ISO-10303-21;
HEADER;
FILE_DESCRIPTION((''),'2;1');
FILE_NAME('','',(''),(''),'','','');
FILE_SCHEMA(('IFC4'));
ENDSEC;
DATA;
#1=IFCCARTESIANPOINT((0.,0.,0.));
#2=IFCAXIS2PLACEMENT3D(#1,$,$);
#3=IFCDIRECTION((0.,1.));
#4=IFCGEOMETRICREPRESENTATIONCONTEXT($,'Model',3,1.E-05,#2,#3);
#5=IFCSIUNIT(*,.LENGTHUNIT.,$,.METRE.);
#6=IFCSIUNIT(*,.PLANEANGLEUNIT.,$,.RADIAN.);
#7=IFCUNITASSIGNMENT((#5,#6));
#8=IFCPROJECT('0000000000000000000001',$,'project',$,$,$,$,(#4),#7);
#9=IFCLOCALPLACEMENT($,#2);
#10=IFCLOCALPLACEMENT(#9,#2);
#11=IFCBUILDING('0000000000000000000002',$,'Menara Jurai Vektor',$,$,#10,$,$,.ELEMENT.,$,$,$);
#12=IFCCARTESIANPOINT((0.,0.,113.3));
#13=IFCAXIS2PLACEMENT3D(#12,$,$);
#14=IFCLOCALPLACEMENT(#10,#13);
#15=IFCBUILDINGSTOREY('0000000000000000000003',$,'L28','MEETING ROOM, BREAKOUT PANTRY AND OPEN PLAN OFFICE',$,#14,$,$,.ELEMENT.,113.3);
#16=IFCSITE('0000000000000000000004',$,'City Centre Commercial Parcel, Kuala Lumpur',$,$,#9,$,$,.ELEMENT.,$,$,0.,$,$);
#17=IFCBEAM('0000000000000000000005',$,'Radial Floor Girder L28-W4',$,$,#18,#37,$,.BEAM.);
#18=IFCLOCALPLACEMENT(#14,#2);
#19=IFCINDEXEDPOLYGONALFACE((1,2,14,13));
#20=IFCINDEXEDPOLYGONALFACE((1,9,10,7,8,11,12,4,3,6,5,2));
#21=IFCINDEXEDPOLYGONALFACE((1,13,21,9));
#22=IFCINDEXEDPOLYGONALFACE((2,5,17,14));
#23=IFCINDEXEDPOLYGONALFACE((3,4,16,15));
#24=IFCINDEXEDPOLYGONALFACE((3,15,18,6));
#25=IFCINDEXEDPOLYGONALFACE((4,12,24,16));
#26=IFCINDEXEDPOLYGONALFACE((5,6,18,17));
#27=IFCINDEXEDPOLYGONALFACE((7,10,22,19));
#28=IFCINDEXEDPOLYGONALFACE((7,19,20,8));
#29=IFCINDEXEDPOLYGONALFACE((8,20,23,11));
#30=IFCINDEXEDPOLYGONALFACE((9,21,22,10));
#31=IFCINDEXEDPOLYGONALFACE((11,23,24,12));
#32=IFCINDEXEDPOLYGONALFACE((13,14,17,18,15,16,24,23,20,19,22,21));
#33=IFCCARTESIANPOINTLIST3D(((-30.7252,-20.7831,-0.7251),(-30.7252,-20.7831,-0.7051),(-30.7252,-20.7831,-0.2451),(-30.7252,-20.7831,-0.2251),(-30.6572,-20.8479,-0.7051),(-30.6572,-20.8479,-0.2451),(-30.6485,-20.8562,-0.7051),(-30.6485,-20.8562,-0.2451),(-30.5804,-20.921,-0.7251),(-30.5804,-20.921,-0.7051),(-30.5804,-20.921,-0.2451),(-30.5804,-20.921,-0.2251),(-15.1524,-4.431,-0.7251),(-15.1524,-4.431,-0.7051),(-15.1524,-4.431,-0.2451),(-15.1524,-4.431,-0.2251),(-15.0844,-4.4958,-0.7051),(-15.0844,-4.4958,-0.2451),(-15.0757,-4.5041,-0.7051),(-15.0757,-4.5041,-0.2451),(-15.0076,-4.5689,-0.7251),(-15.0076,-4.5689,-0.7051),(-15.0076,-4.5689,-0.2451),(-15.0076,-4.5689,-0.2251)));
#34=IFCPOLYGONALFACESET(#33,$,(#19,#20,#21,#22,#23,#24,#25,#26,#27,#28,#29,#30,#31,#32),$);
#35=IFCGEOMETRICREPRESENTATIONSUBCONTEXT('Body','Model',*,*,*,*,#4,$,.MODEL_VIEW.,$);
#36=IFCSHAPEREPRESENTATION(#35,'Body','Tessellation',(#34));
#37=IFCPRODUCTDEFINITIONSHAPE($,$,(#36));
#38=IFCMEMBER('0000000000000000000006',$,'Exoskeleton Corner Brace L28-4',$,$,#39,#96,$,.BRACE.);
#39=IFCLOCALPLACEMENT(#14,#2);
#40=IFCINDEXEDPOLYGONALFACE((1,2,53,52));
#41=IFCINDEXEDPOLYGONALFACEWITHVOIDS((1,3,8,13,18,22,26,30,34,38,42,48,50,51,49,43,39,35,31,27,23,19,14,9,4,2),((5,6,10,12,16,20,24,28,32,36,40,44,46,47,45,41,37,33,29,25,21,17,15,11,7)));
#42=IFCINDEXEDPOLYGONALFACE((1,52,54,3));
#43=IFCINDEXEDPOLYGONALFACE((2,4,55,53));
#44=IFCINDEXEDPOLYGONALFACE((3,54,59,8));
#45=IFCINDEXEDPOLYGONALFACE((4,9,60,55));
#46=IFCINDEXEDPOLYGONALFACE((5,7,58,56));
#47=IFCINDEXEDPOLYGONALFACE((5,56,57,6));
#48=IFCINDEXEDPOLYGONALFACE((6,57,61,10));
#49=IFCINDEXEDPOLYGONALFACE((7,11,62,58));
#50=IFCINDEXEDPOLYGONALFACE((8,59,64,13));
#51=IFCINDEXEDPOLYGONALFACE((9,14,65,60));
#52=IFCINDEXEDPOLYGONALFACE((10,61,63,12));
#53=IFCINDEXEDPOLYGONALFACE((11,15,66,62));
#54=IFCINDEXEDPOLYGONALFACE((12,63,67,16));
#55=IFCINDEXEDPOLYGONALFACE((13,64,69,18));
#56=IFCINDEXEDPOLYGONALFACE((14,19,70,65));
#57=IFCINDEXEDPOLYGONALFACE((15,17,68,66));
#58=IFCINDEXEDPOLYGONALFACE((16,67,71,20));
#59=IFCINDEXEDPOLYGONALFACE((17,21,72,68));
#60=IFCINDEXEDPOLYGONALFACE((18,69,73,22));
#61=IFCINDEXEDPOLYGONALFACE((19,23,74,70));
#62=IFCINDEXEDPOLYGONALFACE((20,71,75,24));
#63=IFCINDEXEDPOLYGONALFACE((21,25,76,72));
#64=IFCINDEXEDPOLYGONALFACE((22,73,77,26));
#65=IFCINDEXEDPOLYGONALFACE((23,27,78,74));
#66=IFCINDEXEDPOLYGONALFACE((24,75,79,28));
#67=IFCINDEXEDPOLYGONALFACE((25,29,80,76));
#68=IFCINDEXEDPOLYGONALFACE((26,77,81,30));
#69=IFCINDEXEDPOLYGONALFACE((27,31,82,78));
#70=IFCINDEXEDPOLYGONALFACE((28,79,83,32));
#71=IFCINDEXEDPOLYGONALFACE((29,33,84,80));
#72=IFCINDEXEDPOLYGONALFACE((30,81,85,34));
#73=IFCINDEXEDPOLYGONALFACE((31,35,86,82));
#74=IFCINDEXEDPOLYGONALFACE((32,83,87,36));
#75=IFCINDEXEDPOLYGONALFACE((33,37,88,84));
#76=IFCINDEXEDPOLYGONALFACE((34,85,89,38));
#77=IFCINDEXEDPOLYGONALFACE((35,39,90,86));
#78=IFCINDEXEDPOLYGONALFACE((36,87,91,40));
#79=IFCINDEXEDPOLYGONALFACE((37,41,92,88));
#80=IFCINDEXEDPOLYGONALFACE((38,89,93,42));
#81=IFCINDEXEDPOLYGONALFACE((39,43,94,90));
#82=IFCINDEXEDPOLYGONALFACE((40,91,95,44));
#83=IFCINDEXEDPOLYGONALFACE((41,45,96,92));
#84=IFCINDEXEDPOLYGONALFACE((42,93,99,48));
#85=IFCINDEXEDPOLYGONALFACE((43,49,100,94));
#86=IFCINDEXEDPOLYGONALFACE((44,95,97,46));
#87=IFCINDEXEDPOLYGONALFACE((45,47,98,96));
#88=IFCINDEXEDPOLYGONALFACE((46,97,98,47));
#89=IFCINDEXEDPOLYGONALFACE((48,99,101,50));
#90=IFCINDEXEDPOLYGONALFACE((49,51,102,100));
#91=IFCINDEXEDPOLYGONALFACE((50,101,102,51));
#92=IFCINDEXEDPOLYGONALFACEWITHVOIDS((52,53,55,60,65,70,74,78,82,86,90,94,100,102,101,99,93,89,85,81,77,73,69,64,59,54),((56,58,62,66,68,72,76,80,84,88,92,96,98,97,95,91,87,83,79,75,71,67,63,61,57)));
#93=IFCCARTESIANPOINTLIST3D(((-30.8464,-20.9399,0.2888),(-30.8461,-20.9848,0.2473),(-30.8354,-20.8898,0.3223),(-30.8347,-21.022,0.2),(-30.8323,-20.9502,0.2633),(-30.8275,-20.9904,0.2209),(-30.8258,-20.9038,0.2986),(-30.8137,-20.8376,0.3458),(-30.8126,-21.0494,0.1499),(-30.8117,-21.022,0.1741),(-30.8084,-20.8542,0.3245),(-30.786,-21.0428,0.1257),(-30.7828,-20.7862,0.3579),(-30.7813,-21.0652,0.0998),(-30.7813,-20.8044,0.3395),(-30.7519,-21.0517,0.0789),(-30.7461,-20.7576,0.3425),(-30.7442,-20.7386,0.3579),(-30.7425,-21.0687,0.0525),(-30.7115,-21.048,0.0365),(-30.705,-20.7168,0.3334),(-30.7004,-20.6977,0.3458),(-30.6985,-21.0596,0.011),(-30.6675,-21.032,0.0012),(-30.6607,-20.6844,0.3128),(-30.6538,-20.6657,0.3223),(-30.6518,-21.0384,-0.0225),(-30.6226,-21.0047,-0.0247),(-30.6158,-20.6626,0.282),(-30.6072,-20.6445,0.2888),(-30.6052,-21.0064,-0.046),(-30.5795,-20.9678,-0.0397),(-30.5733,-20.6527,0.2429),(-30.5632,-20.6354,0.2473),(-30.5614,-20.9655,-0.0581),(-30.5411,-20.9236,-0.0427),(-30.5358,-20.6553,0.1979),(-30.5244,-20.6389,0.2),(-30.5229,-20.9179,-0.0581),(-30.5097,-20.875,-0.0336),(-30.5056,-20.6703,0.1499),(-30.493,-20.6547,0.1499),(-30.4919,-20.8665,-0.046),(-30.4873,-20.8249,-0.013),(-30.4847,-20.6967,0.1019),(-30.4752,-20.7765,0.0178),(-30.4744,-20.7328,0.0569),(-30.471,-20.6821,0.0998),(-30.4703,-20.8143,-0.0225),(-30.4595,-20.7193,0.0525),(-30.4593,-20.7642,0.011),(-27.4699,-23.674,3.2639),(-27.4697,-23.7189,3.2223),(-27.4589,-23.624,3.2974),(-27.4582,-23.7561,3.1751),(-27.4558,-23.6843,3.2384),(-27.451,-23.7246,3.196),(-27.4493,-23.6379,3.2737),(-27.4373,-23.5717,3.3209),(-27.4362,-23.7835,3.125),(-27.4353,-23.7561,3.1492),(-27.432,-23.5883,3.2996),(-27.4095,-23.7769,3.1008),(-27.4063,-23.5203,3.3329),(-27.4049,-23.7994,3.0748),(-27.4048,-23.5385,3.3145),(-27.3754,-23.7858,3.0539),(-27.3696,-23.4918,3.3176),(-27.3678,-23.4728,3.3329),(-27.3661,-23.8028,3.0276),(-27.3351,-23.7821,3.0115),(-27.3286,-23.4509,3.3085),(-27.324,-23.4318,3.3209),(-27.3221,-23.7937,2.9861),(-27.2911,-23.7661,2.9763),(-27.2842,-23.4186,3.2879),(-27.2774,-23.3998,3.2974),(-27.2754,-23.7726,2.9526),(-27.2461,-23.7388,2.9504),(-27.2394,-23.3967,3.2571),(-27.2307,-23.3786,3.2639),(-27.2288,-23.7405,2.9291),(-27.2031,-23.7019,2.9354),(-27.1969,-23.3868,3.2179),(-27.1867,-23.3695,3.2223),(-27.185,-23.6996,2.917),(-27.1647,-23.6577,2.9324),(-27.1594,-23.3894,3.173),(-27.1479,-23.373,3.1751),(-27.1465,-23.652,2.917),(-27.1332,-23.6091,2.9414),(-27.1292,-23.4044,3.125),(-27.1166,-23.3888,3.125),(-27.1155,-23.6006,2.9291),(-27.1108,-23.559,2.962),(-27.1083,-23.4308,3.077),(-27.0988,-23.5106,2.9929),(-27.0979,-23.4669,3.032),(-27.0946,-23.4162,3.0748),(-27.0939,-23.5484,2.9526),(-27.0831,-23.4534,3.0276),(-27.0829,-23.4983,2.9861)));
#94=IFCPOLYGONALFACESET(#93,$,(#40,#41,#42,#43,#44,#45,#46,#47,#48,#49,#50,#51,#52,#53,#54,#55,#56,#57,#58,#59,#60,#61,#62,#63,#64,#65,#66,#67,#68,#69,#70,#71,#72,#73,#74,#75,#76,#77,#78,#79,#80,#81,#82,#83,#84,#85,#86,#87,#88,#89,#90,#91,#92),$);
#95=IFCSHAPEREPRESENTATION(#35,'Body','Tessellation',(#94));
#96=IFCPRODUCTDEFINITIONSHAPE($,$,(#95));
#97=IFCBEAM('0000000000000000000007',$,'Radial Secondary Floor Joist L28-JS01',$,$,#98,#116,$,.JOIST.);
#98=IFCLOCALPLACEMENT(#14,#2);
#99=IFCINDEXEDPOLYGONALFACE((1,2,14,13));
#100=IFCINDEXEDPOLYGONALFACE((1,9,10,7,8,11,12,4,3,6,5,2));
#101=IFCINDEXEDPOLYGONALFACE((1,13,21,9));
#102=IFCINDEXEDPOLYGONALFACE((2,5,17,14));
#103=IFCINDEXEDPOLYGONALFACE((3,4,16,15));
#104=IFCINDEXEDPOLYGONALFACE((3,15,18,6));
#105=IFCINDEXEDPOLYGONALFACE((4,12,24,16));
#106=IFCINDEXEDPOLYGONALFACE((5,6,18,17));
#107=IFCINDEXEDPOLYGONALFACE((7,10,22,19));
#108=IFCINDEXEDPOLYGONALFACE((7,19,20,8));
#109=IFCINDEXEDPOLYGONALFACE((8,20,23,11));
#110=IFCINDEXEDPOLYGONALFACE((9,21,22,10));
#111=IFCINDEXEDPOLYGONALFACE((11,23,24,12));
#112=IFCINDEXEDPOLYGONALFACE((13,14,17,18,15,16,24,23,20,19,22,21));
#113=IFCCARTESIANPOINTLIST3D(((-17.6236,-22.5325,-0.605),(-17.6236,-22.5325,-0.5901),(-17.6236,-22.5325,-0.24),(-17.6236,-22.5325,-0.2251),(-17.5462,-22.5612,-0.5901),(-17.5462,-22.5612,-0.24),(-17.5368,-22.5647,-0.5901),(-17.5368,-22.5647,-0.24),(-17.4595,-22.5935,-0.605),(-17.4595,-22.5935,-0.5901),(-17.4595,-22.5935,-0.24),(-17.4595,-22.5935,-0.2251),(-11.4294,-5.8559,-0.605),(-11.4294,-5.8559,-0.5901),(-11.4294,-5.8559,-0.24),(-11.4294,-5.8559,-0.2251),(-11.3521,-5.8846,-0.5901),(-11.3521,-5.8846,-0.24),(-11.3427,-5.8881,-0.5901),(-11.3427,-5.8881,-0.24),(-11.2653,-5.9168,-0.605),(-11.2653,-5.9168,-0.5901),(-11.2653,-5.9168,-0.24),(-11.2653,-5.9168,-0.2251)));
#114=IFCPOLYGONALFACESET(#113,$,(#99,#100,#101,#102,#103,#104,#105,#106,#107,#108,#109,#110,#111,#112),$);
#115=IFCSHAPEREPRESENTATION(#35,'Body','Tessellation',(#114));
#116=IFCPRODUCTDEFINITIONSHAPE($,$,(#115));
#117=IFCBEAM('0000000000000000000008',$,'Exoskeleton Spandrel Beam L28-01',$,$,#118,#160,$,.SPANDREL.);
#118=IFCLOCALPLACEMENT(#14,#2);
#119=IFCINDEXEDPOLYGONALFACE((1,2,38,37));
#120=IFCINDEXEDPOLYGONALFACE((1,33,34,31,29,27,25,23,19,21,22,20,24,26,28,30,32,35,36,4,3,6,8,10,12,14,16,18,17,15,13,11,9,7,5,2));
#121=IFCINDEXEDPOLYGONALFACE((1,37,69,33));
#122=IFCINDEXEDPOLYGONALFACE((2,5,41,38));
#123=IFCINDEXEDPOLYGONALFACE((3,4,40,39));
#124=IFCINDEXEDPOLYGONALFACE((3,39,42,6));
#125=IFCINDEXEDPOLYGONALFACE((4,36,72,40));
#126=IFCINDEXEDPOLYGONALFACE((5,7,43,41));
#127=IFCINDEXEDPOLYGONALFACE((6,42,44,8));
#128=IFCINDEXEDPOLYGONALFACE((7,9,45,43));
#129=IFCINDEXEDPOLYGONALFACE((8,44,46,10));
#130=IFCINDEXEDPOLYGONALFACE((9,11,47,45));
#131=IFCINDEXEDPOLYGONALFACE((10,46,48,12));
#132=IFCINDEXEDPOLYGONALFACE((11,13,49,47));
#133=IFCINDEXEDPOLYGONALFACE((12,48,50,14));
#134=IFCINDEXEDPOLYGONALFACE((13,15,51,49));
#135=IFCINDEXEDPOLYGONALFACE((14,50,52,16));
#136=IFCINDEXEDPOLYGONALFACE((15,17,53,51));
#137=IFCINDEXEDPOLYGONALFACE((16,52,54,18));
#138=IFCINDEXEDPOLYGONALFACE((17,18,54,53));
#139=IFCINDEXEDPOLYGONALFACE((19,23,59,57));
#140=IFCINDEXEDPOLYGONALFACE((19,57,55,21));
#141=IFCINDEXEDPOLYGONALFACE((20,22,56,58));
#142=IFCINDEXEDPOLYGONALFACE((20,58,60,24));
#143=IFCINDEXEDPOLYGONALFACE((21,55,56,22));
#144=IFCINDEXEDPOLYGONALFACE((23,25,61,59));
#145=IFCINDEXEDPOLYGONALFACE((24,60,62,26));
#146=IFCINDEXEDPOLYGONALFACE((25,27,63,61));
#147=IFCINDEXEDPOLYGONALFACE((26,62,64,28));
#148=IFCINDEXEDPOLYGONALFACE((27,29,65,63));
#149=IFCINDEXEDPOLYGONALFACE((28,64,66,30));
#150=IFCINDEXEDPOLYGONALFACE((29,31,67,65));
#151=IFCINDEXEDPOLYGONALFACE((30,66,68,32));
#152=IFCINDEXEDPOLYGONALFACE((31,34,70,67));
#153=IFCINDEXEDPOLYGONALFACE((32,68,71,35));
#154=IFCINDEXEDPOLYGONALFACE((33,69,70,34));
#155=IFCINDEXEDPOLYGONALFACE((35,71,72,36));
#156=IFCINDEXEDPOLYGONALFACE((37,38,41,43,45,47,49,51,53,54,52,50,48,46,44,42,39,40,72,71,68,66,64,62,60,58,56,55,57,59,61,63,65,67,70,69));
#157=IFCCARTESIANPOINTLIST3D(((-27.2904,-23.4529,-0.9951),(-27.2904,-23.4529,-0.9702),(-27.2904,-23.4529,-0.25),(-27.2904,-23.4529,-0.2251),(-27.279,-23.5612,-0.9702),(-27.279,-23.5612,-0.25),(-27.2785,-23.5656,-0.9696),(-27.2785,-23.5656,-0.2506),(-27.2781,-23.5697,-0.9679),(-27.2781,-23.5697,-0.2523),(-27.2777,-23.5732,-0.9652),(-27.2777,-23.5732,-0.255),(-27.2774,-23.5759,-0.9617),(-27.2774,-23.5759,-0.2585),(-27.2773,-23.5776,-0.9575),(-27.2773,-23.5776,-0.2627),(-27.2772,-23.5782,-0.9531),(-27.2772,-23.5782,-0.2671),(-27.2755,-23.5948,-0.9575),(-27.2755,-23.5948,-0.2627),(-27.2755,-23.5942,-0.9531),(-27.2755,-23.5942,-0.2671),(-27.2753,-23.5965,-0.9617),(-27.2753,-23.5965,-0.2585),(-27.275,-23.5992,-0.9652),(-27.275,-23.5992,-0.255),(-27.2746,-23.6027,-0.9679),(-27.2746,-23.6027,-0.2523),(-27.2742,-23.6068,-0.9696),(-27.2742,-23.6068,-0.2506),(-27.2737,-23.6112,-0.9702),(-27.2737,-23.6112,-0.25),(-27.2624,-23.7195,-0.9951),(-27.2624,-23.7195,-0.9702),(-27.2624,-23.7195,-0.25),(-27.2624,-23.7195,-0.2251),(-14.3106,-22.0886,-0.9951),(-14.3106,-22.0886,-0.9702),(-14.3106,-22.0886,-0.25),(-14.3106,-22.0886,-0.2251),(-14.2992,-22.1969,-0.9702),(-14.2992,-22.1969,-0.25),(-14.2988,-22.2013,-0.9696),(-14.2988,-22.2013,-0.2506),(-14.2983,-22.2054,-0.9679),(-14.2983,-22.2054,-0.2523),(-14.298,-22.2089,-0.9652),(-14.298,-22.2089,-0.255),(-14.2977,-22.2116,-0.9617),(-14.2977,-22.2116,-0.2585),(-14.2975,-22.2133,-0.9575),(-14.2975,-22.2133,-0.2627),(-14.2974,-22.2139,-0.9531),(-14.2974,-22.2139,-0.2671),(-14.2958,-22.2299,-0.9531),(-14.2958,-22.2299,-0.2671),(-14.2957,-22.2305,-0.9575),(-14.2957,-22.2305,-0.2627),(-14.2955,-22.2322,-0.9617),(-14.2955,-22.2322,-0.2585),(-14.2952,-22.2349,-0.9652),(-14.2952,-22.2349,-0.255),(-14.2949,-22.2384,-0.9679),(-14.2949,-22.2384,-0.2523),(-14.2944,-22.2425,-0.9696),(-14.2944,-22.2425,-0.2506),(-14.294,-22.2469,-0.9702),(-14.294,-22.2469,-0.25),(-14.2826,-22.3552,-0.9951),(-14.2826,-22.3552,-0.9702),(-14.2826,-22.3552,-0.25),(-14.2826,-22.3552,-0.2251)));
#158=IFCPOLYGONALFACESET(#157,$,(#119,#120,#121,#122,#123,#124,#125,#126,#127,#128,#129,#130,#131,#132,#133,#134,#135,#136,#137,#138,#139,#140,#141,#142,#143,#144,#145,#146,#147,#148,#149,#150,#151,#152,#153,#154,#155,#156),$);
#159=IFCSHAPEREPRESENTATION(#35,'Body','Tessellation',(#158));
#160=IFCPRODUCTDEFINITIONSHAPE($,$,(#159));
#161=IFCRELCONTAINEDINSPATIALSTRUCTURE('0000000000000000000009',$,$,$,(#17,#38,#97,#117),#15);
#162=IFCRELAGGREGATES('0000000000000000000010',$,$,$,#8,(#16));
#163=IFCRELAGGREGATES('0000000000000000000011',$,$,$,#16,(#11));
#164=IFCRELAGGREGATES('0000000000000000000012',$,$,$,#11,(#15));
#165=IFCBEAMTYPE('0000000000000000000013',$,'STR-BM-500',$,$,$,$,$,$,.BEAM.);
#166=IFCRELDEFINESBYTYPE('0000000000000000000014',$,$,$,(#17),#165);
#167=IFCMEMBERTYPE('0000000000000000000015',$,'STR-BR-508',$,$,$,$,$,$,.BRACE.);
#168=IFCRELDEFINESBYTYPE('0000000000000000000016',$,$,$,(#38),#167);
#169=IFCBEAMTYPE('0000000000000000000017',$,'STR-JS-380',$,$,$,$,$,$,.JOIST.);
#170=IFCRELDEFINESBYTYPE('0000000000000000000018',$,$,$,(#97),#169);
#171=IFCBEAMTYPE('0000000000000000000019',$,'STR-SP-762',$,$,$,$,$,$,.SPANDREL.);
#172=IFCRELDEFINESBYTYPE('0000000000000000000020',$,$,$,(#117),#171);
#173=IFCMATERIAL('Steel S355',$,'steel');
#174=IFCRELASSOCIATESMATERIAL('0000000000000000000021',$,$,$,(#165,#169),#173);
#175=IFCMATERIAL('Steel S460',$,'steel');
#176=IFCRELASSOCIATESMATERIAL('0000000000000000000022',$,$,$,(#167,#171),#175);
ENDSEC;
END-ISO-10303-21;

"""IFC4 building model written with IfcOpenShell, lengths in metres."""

from ifc_helpers import new_model, si_unit, direction, frame, origin, origin_2d, place, context, subcontext, project, spatial, hollow_circle, i_section, extrude, material, material_profile, profile_set, type_object, element, save


model = new_model("IFC4")

# Units and contexts
model_context = context("Model", 3, precision=1e-05, world=origin(), true_north=direction((0.0, 1.0)))
body_context = subcontext(model_context, "Body", "Model", "MODEL_VIEW")
ifc_project = project(units=[si_unit("LENGTHUNIT", "METRE"), si_unit("PLANEANGLEUNIT", "RADIAN")], contexts=[model_context])

# Site, building, storey
site_placement = place(None, origin())
site = spatial("IfcSite", under=ifc_project, at=site_placement, Name="City Centre Commercial Parcel, Kuala Lumpur", CompositionType="ELEMENT", RefElevation=0.0)
building_placement = place(site_placement, origin())
building = spatial("IfcBuilding", under=site, at=building_placement, Name="Menara Jurai Vektor", CompositionType="ELEMENT")
storey_placement = place(building_placement, frame((0.0, 0.0, 113.3)))
storey = spatial("IfcBuildingStorey", under=building, at=storey_placement, Name="L28", Description="MEETING ROOM, BREAKOUT PANTRY AND OPEN PLAN OFFICE", CompositionType="ELEMENT", Elevation=113.3)

# Shared definitions
ifc_material_1 = material(Name="Steel S460", Category="steel")

# Beam
ifc_material_2 = material(Name="Steel S355", Category="steel")
ifc_material_profile_1 = material_profile(ifc_material_2, i_section(OverallWidth=0.2, OverallDepth=0.5, WebThickness=0.012, FlangeThickness=0.02, at=origin_2d()), Name="PG 500x200x96")
ifc_profile_set_1 = profile_set([ifc_material_profile_1], Name="Steel S355")
beam_type_1 = type_object("IfcBeamType", Name="STR-BM-500", PredefinedType="BEAM", material=ifc_profile_set_1)
beam_1_placement = place(storey_placement, frame((-30.6528, -20.8521, -0.4751), z_axis=(0.689641, 0.724152, 0.0), x_axis=(-0.724152, 0.689641, 0.0)))
element("IfcBeam", 1, at=beam_1_placement, inside=storey, type_object=beam_type_1, Name="Radial Floor Girder L28-W4", PredefinedType="BEAM", context=body_context, shape_type="SweptSolid", body=[
    extrude(i_section(OverallWidth=0.2, OverallDepth=0.5, WebThickness=0.012, FlangeThickness=0.02, at=origin_2d()), origin(), (0.0, 0.0, 1.0), 22.5811),
])

# Member
ifc_material_profile_2 = material_profile(ifc_material_1, hollow_circle(Radius=0.2539, WallThickness=0.02, at=origin_2d()), Name="CHS 508x20")
ifc_profile_set_2 = profile_set([ifc_material_profile_2], Name="Steel S460")
member_type_1 = type_object("IfcMemberType", Name="STR-BR-508", PredefinedType="BRACE", material=ifc_profile_set_2)
member_1_placement = place(storey_placement, frame((-30.6528, -20.8521, 0.1499), z_axis=(0.641223, -0.519238, 0.565), x_axis=(0.62931, 0.777155, 0.0)))
element("IfcMember", 2, at=member_1_placement, inside=storey, type_object=member_type_1, Name="Exoskeleton Corner Brace L28-4", PredefinedType="BRACE", context=body_context, shape_type="SweptSolid", body=[
    extrude(hollow_circle(Radius=0.2539, WallThickness=0.02, at=origin_2d()), origin(), (0.0, 0.0, 1.0), 5.2656),
])

# Beams
ifc_material_profile_3 = material_profile(ifc_material_2, i_section(OverallWidth=0.175, OverallDepth=0.3799, WebThickness=0.01, FlangeThickness=0.0149, at=origin_2d()), Name="PG 380x175x58")
ifc_profile_set_3 = profile_set([ifc_material_profile_3], Name="Steel S355")
beam_type_2 = type_object("IfcBeamType", Name="STR-JS-380", PredefinedType="JOIST", material=ifc_profile_set_3)
beam_2_placement = place(storey_placement, frame((-17.5415, -22.563, -0.415), z_axis=(0.348184, 0.937426, 0.0), x_axis=(-0.937426, 0.348184, 0.0)))
element("IfcBeam", 3, at=beam_2_placement, inside=storey, type_object=beam_type_2, Name="Radial Secondary Floor Joist L28-JS01", PredefinedType="JOIST", context=body_context, shape_type="SweptSolid", body=[
    extrude(i_section(OverallWidth=0.175, OverallDepth=0.3799, WebThickness=0.01, FlangeThickness=0.0149, at=origin_2d()), origin(), (0.0, 0.0, 1.0), 17.7898),
])
ifc_material_profile_4 = material_profile(ifc_material_1, i_section(OverallWidth=0.2681, OverallDepth=0.77, WebThickness=0.0161, FlangeThickness=0.0249, FilletRadius=0.0171, at=origin_2d()), Name="UKB 762x267x197")
ifc_profile_set_4 = profile_set([ifc_material_profile_4], Name="Steel S460")
beam_type_3 = type_object("IfcBeamType", Name="STR-SP-762", PredefinedType="SPANDREL", material=ifc_profile_set_4)
beam_3_placement = place(storey_placement, frame((-27.2764, -23.5862, -0.6101), z_axis=(0.994522, 0.104531, 0.0), x_axis=(-0.104531, 0.994522, 0.0)))
element("IfcBeam", 4, at=beam_3_placement, inside=storey, type_object=beam_type_3, Name="Exoskeleton Spandrel Beam L28-01", PredefinedType="SPANDREL", context=body_context, shape_type="SweptSolid", body=[
    extrude(i_section(OverallWidth=0.2681, OverallDepth=0.77, WebThickness=0.0161, FlangeThickness=0.0249, FilletRadius=0.0171, at=origin_2d()), origin(), (0.0, 0.0, 1.0), 13.0513),
])

save(model, "model.ifc")
